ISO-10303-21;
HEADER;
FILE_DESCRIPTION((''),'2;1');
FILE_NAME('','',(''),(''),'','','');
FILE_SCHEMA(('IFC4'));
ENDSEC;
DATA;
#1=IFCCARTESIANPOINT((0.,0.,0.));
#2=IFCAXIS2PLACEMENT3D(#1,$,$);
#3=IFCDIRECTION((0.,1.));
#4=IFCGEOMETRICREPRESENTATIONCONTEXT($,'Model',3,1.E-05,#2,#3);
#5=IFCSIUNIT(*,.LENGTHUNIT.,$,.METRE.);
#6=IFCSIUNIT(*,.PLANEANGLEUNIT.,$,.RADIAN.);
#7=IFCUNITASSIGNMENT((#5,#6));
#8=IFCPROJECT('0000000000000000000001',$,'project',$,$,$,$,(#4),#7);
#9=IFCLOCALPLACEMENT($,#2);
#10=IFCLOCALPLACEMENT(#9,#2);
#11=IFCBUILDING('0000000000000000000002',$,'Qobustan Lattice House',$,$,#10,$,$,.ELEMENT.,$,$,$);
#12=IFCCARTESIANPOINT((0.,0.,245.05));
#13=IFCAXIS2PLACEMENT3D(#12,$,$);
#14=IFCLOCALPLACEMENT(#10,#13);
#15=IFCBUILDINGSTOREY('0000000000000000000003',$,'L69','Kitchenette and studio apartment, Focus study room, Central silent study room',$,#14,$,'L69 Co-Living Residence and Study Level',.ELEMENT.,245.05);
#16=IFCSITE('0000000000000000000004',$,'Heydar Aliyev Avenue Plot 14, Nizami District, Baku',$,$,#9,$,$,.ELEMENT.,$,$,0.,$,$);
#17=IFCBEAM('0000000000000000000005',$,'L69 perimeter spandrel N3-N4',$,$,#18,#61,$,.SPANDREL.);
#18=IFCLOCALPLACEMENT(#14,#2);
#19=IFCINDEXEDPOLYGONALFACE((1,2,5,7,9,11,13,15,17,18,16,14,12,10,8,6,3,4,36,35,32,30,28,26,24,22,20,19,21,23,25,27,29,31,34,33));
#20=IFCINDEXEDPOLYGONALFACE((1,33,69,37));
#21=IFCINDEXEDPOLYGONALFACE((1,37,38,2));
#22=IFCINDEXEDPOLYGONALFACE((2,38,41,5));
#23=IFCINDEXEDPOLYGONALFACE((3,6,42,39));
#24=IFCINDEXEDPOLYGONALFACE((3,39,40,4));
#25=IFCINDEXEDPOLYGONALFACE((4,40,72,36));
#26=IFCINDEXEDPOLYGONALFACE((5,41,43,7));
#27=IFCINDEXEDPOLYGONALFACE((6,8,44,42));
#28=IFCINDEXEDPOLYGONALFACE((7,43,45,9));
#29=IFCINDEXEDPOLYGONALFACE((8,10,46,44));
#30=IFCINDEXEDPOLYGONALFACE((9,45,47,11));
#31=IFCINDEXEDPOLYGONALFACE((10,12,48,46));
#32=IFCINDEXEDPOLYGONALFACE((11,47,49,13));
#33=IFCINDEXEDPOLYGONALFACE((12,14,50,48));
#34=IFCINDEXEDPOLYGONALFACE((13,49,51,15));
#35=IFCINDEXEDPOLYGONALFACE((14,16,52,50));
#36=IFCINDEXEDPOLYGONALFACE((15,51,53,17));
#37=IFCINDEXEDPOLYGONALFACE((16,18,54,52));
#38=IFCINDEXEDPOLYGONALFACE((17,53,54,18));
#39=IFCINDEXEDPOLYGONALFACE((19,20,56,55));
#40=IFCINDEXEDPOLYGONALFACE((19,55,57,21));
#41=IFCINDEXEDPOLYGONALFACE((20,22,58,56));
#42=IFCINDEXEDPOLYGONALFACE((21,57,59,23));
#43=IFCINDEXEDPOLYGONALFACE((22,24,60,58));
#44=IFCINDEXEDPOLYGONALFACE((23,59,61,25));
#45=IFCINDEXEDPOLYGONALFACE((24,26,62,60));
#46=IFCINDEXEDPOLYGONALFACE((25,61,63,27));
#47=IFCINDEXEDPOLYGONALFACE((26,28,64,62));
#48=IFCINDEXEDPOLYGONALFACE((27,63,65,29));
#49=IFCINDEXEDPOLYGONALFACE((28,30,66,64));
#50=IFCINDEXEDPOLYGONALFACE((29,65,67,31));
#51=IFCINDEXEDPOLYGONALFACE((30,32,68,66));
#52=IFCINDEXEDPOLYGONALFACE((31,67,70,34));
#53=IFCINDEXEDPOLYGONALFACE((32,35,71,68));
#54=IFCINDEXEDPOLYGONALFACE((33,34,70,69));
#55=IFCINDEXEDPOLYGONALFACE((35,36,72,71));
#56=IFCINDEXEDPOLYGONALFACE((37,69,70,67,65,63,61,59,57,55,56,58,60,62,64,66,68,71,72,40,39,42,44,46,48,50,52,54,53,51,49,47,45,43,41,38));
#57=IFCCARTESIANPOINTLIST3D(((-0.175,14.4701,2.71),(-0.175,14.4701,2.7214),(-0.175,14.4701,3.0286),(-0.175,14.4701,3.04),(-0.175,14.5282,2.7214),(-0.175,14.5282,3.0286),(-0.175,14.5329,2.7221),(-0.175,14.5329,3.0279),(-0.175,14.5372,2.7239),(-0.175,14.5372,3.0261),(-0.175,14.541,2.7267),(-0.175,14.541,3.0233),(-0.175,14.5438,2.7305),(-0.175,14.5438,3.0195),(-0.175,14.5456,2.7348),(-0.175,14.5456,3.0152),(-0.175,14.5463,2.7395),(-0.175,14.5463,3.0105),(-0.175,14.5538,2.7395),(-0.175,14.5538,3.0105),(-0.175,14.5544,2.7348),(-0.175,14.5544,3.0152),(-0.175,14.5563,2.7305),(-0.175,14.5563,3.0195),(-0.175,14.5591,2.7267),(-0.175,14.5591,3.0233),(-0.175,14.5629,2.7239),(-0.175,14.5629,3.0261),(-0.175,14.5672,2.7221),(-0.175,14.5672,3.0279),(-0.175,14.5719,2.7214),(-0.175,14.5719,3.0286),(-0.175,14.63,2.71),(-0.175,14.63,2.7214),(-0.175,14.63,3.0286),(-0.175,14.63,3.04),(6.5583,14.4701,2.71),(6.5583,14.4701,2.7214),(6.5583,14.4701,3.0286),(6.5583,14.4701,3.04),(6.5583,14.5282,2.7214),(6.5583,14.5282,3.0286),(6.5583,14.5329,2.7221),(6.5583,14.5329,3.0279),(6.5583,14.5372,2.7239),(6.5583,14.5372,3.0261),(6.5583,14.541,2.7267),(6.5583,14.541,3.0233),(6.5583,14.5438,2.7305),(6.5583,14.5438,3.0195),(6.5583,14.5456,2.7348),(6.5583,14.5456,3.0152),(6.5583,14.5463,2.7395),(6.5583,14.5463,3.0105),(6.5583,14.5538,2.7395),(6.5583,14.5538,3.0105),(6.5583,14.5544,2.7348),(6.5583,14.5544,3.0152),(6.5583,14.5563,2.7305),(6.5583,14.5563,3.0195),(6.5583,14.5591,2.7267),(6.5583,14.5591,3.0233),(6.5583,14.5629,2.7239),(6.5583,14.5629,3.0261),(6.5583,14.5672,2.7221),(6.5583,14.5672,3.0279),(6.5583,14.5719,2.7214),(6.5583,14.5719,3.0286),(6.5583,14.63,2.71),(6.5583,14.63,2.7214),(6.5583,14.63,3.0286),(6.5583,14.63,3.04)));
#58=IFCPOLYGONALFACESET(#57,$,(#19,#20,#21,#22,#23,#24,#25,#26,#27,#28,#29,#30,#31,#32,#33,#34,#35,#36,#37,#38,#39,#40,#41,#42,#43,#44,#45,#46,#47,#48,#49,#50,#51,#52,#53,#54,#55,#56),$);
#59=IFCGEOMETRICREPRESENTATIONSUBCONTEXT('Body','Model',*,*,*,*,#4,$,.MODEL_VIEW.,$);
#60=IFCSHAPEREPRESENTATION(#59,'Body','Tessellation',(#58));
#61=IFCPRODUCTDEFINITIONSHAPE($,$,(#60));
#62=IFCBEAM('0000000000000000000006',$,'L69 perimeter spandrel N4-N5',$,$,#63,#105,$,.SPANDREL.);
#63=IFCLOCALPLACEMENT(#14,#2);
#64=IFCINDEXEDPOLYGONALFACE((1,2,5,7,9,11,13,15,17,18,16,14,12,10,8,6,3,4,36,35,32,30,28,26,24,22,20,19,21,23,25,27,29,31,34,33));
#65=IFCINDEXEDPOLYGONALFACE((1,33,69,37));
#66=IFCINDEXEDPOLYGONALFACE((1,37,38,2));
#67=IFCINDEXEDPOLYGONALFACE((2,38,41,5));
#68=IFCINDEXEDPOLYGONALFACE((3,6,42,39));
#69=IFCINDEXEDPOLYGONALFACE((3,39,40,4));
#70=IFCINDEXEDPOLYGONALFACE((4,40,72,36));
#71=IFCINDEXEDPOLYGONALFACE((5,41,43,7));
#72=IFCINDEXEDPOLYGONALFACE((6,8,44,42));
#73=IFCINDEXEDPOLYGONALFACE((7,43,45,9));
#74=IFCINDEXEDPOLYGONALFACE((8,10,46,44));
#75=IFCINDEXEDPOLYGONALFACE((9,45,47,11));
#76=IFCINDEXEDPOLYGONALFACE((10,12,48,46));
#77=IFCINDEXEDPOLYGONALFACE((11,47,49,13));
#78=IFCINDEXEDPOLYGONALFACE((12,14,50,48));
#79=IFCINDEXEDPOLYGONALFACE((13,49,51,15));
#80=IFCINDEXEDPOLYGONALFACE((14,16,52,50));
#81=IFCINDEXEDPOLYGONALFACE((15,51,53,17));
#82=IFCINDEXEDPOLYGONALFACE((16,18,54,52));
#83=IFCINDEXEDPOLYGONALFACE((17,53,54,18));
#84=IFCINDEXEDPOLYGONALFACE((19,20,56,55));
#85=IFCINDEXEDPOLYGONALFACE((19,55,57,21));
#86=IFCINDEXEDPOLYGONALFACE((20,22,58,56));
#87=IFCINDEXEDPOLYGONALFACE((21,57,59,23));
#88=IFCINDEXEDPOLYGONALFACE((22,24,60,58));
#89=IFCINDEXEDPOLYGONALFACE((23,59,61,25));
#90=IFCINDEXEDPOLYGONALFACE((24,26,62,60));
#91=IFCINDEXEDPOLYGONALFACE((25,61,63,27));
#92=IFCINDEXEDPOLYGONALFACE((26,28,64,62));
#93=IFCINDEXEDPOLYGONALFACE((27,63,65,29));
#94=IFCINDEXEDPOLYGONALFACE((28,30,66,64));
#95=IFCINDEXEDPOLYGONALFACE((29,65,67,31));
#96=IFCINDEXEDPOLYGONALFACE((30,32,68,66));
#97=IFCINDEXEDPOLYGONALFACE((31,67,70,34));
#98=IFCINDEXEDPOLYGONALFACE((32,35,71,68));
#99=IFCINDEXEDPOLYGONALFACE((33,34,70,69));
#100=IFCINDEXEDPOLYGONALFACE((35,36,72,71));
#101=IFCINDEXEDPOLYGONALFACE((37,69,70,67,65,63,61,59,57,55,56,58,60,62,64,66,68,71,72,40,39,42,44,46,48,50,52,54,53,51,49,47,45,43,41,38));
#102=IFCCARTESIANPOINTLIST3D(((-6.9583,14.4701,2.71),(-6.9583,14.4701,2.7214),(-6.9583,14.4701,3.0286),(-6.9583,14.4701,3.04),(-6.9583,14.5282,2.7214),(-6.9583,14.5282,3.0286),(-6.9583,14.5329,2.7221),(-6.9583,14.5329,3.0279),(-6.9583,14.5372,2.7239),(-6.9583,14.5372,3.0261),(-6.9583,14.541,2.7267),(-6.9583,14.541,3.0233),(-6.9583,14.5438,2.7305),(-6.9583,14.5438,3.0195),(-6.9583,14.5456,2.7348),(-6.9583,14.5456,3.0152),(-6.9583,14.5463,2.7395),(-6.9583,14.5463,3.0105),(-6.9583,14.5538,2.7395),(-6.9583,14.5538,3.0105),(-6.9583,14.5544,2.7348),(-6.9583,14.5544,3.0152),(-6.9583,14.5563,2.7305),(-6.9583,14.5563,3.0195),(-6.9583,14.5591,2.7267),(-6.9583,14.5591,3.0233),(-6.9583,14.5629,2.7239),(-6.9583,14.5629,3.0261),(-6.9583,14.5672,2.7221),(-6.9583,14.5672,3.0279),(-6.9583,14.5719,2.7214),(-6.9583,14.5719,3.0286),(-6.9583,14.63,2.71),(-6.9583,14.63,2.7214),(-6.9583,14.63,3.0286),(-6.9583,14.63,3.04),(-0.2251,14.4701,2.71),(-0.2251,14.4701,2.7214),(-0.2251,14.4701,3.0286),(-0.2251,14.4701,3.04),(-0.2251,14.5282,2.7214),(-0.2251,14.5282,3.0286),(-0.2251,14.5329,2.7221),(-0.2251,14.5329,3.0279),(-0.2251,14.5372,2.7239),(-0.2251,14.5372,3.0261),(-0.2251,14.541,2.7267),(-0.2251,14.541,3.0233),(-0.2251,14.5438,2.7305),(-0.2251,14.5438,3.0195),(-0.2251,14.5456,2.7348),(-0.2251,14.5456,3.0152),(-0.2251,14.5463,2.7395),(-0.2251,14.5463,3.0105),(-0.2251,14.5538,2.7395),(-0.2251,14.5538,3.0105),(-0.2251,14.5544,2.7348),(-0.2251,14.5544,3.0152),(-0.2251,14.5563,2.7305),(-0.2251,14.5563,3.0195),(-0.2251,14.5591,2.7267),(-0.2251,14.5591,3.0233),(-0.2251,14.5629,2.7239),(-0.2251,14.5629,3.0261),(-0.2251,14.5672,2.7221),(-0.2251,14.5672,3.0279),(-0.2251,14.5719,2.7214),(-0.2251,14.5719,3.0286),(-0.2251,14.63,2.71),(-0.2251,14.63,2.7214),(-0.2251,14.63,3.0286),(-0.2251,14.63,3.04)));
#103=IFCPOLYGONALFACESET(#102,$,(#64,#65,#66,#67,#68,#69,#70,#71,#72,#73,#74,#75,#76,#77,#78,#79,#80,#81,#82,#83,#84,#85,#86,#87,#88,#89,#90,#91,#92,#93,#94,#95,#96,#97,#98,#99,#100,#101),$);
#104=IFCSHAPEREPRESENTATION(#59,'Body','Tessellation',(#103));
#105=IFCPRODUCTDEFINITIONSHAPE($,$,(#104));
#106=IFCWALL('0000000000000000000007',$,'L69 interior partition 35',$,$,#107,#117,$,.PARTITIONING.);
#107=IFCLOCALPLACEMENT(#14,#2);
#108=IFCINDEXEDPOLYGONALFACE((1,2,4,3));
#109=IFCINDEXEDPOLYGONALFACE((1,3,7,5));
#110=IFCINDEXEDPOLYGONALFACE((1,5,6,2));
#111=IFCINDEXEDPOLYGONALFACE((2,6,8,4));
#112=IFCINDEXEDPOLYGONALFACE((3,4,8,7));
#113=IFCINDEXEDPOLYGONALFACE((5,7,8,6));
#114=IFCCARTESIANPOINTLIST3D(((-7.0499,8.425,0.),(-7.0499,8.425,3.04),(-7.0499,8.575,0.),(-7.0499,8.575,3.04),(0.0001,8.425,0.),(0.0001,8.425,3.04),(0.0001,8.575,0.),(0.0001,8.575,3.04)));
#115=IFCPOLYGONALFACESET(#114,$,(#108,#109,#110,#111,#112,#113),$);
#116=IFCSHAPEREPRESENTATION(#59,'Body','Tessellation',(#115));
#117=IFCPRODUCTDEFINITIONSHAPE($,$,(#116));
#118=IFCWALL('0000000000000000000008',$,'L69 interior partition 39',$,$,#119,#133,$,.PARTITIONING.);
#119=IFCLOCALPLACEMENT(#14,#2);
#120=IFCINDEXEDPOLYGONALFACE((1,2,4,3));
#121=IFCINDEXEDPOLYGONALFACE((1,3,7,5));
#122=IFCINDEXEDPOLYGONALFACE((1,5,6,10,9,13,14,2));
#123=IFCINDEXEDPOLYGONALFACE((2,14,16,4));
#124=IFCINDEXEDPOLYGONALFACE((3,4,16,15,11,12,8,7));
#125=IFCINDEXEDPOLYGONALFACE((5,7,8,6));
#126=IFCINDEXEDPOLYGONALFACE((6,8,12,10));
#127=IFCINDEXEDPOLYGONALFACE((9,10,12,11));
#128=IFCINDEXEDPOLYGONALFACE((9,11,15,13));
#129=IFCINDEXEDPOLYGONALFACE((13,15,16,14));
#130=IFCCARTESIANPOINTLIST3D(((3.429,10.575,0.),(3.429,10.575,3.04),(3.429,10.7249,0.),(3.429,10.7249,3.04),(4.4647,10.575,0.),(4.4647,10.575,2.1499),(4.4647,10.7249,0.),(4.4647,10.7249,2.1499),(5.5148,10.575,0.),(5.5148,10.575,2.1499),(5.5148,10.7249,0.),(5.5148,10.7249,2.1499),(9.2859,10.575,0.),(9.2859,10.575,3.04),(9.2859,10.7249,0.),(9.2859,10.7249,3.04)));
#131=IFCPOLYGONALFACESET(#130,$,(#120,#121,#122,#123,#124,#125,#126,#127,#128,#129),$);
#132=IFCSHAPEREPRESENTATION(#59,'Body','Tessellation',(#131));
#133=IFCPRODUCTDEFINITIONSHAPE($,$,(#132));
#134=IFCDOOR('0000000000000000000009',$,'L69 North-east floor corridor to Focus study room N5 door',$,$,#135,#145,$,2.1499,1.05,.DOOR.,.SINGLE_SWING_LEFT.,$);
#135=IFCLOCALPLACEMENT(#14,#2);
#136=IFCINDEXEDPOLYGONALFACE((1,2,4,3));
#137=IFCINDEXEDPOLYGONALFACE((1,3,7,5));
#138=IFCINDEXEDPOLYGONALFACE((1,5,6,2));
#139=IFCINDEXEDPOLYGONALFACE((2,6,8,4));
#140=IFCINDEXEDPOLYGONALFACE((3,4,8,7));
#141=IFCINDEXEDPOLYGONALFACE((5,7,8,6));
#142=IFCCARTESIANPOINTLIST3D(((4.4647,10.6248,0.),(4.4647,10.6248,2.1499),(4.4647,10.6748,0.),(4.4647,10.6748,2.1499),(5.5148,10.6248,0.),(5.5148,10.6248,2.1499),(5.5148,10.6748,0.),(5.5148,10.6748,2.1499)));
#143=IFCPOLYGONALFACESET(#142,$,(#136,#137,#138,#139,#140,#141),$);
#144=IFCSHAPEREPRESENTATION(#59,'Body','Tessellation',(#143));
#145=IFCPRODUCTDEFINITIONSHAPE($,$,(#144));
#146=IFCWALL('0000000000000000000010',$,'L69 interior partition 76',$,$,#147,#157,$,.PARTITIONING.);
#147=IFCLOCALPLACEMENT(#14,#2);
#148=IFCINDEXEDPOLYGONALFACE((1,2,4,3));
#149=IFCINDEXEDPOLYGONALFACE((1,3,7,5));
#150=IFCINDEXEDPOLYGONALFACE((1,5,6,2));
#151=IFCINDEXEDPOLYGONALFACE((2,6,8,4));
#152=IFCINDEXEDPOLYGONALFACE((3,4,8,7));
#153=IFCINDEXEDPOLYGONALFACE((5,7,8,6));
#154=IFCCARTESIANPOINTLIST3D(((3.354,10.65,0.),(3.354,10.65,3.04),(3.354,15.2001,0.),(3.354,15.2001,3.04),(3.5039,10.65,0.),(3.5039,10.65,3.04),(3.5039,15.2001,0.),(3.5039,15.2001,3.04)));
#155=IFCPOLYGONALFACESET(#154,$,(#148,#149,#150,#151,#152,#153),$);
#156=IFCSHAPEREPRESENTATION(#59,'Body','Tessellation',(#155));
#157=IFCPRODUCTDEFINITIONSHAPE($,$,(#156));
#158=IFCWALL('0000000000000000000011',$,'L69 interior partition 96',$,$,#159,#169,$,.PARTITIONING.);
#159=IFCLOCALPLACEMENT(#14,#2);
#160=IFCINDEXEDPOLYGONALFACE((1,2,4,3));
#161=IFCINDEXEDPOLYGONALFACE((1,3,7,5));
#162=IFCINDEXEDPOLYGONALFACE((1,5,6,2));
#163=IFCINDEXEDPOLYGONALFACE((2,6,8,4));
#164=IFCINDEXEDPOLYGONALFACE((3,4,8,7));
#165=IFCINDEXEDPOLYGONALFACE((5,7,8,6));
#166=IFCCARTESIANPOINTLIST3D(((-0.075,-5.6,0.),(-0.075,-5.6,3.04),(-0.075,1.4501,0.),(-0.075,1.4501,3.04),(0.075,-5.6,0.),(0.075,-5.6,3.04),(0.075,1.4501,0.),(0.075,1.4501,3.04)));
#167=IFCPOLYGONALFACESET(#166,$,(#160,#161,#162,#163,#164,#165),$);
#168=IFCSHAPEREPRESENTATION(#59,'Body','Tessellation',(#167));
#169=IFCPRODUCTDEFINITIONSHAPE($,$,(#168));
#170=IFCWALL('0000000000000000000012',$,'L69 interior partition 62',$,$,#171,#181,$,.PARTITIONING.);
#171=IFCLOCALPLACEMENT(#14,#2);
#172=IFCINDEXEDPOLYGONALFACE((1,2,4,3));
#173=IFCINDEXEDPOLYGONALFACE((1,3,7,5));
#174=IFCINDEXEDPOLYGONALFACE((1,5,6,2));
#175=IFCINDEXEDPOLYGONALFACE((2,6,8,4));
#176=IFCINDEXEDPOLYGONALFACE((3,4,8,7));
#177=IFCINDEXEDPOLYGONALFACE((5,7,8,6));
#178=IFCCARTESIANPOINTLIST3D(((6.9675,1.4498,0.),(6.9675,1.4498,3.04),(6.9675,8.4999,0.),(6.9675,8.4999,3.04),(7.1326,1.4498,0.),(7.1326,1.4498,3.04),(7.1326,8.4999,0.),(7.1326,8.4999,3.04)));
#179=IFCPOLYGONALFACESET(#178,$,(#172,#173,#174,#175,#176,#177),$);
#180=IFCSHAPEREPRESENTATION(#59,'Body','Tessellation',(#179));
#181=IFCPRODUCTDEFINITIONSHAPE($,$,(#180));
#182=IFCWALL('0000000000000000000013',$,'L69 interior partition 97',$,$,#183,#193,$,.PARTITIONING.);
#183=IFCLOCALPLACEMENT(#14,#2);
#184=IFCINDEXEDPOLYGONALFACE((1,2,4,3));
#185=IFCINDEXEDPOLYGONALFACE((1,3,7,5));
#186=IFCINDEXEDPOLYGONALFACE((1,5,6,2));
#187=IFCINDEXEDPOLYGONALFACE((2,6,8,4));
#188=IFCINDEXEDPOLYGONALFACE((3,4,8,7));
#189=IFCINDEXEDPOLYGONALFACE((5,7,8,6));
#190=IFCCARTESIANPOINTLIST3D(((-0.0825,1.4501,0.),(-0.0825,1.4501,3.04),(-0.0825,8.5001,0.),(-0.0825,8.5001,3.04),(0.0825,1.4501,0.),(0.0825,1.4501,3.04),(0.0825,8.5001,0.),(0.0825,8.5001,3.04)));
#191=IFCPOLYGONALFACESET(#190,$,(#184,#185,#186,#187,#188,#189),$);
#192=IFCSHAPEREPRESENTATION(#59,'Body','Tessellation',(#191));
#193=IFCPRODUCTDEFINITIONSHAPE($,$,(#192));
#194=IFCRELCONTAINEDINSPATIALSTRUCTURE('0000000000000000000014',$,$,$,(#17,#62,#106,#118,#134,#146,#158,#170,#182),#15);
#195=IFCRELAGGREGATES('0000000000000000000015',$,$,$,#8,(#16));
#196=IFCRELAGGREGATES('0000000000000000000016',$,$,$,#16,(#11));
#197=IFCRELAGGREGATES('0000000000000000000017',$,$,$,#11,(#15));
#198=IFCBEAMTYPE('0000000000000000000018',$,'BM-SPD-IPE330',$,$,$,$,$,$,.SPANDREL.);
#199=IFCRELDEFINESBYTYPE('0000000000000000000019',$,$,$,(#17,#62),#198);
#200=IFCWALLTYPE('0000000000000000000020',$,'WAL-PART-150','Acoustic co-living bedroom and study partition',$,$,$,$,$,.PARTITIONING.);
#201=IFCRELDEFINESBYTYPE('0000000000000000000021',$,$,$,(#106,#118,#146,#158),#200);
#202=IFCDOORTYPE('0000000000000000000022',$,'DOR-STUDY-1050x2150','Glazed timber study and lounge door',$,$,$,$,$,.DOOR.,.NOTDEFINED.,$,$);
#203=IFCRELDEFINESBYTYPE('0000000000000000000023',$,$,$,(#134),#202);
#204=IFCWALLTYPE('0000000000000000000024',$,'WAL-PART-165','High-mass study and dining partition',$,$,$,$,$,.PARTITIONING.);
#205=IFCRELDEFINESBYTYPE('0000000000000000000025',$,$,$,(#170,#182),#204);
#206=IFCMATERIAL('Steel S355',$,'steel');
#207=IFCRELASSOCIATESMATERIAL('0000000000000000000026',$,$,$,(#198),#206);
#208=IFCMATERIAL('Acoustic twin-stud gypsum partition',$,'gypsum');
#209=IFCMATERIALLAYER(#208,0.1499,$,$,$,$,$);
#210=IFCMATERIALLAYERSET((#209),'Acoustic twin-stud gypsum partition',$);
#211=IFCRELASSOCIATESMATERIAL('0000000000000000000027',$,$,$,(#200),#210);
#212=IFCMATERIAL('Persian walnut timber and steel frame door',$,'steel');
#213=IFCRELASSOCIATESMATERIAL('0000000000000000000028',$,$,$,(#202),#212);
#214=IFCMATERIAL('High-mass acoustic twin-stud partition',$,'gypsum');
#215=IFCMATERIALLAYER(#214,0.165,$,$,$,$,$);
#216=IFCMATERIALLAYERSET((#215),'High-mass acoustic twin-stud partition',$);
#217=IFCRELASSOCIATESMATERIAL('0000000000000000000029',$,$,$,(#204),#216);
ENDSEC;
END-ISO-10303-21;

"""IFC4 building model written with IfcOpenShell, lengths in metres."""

from ifc_helpers import new_model, si_unit, direction, frame, frame_2d, origin, origin_2d, place, context, subcontext, project, spatial, rectangle, i_section, extrude, material, layer, layer_set, material_profile, profile_set, type_object, element, fill, save


model = new_model("IFC4")

# Units and contexts
model_context = context("Model", 3, precision=1e-05, world=origin(), true_north=direction((0.0, 1.0)))
body_context = subcontext(model_context, "Body", "Model", "MODEL_VIEW")
ifc_project = project(units=[si_unit("LENGTHUNIT", "METRE"), si_unit("PLANEANGLEUNIT", "RADIAN")], contexts=[model_context])

# Site, building, storey
site_placement = place(None, origin())
site = spatial("IfcSite", under=ifc_project, at=site_placement, Name="Heydar Aliyev Avenue Plot 14, Nizami District, Baku", CompositionType="ELEMENT", RefElevation=0.0)
building_placement = place(site_placement, origin())
building = spatial("IfcBuilding", under=site, at=building_placement, Name="Qobustan Lattice House", CompositionType="ELEMENT")
storey_placement = place(building_placement, frame((0.0, 0.0, 245.05)))
storey = spatial("IfcBuildingStorey", under=building, at=storey_placement, Name="L69", Description="Kitchenette and studio apartment, Focus study room, Central silent study room", LongName="L69 Co-Living Residence and Study Level", CompositionType="ELEMENT", Elevation=245.05)

# Beams
ifc_material_1 = material(Name="Steel S355", Category="steel")
ifc_material_profile_1 = material_profile(ifc_material_1, i_section(OverallWidth=0.1599, OverallDepth=0.3301, WebThickness=0.0076, FlangeThickness=0.0115, FilletRadius=0.0181, at=origin_2d()), Name="IPE330")
ifc_profile_set_1 = profile_set([ifc_material_profile_1], Name="Steel S355")
beam_type_1 = type_object("IfcBeamType", Name="BM-SPD-IPE330", PredefinedType="SPANDREL", material=ifc_profile_set_1)
beam_1_placement = place(storey_placement, frame((6.5583, 14.55, 2.875), z_axis=(-1.0, 0.0, 0.0), x_axis=(0.0, -1.0, 0.0)))
element("IfcBeam", 1, at=beam_1_placement, inside=storey, type_object=beam_type_1, Name="L69 perimeter spandrel N3-N4", PredefinedType="SPANDREL", context=body_context, shape_type="SweptSolid", body=[
    extrude(i_section(OverallWidth=0.1599, OverallDepth=0.3301, WebThickness=0.0076, FlangeThickness=0.0115, FilletRadius=0.0181, at=origin_2d()), origin(), (0.0, 0.0, 1.0), 6.7334),
])
beam_2_placement = place(storey_placement, frame((-0.2251, 14.55, 2.875), z_axis=(-1.0, 0.0, 0.0), x_axis=(0.0, -1.0, 0.0)))
element("IfcBeam", 2, at=beam_2_placement, inside=storey, type_object=beam_type_1, Name="L69 perimeter spandrel N4-N5", PredefinedType="SPANDREL", context=body_context, shape_type="SweptSolid", body=[
    extrude(i_section(OverallWidth=0.1599, OverallDepth=0.3301, WebThickness=0.0076, FlangeThickness=0.0115, FilletRadius=0.0181, at=origin_2d()), origin(), (0.0, 0.0, 1.0), 6.7332),
])

# Wall
ifc_material_2 = material(Name="Acoustic twin-stud gypsum partition", Category="gypsum")
ifc_layer_1 = layer(ifc_material_2, 0.1499)
ifc_layer_set_1 = layer_set([ifc_layer_1], Name="Acoustic twin-stud gypsum partition")
wall_type_1 = type_object("IfcWallType", Name="WAL-PART-150", Description="Acoustic co-living bedroom and study partition", PredefinedType="PARTITIONING", material=ifc_layer_set_1)
wall_1_placement = place(storey_placement, frame((0.0, 8.5, 0.0), z_axis=(0.0, 0.0, 1.0), x_axis=(-1.0, 0.0, 0.0)))
element("IfcWall", 3, at=wall_1_placement, inside=storey, type_object=wall_type_1, Name="L69 interior partition 35", PredefinedType="PARTITIONING", context=body_context, shape_type="SweptSolid", body=[
    extrude(rectangle(XDim=7.05, YDim=0.1499, at=frame_2d((3.5249, 0.0))), origin(), (0.0, 0.0, 1.0), 3.04),
])

# Wall, opening, door
ifc_material_3 = material(Name="Persian walnut timber and steel frame door", Category="steel")
door_type = type_object("IfcDoorType", Name="DOR-STUDY-1050x2150", Description="Glazed timber study and lounge door", OperationType="NOTDEFINED", PredefinedType="DOOR", material=ifc_material_3)
wall_2_placement = place(storey_placement, frame((3.429, 10.6499, 0.0), z_axis=(0.0, 0.0, 1.0), x_axis=(1.0, 0.0, 0.0)))
wall_2 = element("IfcWall", 4, at=wall_2_placement, inside=storey, type_object=wall_type_1, Name="L69 interior partition 39", PredefinedType="PARTITIONING", context=body_context, shape_type="SweptSolid", body=[
    extrude(rectangle(XDim=5.8569, YDim=0.1499, at=frame_2d((2.9285, 0.0))), origin(), (0.0, 0.0, 1.0), 3.04),
])
opening_1_placement = place(wall_2_placement, frame((1.0359, 0.0, 0.0)))
opening_1 = element("IfcOpeningElement", 5, at=opening_1_placement, cuts=wall_2, PredefinedType="OPENING", context=body_context, shape_type="SweptSolid", body=[
    extrude(rectangle(XDim=1.05, YDim=2.1499, at=frame_2d((0.5249, 1.075))), frame((0.0, 0.085, 0.0), z_axis=(0.0, -1.0, 0.0), x_axis=(1.0, 0.0, 0.0)), (0.0, 0.0, 1.0), 0.1699),
])
door_1_placement = place(opening_1_placement, origin())
door_1 = element("IfcDoor", 6, at=door_1_placement, inside=storey, type_object=door_type, Name="L69 North-east floor corridor to Focus study room N5 door", OperationType="SINGLE_SWING_LEFT", OverallHeight=2.1499, OverallWidth=1.05, PredefinedType="DOOR", context=body_context, shape_type="SweptSolid", body=[
    extrude(rectangle(XDim=1.05, YDim=2.1499, at=frame_2d((0.5249, 1.075))), frame((0.0, 0.0249, 0.0), z_axis=(0.0, -1.0, 0.0), x_axis=(1.0, 0.0, 0.0)), (0.0, 0.0, 1.0), 0.05),
])
fill(opening_1, door_1)

# Walls
wall_3_placement = place(storey_placement, frame((3.429, 15.2, 0.0), z_axis=(0.0, 0.0, 1.0), x_axis=(0.0, -1.0, 0.0)))
element("IfcWall", 7, at=wall_3_placement, inside=storey, type_object=wall_type_1, Name="L69 interior partition 76", PredefinedType="PARTITIONING", context=body_context, shape_type="SweptSolid", body=[
    extrude(rectangle(XDim=4.55, YDim=0.1499, at=frame_2d((2.2749, 0.0))), origin(), (0.0, 0.0, 1.0), 3.04),
])
wall_4_placement = place(storey_placement, frame((0.0, 1.45, 0.0), z_axis=(0.0, 0.0, 1.0), x_axis=(0.0, -1.0, 0.0)))
element("IfcWall", 8, at=wall_4_placement, inside=storey, type_object=wall_type_1, Name="L69 interior partition 96", PredefinedType="PARTITIONING", context=body_context, shape_type="SweptSolid", body=[
    extrude(rectangle(XDim=7.05, YDim=0.1499, at=frame_2d((3.5249, 0.0))), origin(), (0.0, 0.0, 1.0), 3.04),
])
ifc_material_4 = material(Name="High-mass acoustic twin-stud partition", Category="gypsum")
ifc_layer_2 = layer(ifc_material_4, 0.165)
ifc_layer_set_2 = layer_set([ifc_layer_2], Name="High-mass acoustic twin-stud partition")
wall_type_2 = type_object("IfcWallType", Name="WAL-PART-165", Description="High-mass study and dining partition", PredefinedType="PARTITIONING", material=ifc_layer_set_2)
for number, where, z_axis, x_axis, name in (
    (9, (7.05, 1.45, 0.0), (0.0, 0.0, 1.0), (0.0, 1.0, 0.0), "L69 interior partition 62"),
    (10, (0.0, 8.5, 0.0), (0.0, 0.0, 1.0), (0.0, -1.0, 0.0), "L69 interior partition 97"),
):
    element("IfcWall", number, at=place(storey_placement, frame(where, z_axis=z_axis, x_axis=x_axis)), inside=storey, type_object=wall_type_2, Name=name, PredefinedType="PARTITIONING", context=body_context, shape_type="SweptSolid", body=[
        extrude(rectangle(XDim=7.05, YDim=0.165, at=frame_2d((3.5249, 0.0))), origin(), (0.0, 0.0, 1.0), 3.04),
    ])

save(model, "model.ifc")
